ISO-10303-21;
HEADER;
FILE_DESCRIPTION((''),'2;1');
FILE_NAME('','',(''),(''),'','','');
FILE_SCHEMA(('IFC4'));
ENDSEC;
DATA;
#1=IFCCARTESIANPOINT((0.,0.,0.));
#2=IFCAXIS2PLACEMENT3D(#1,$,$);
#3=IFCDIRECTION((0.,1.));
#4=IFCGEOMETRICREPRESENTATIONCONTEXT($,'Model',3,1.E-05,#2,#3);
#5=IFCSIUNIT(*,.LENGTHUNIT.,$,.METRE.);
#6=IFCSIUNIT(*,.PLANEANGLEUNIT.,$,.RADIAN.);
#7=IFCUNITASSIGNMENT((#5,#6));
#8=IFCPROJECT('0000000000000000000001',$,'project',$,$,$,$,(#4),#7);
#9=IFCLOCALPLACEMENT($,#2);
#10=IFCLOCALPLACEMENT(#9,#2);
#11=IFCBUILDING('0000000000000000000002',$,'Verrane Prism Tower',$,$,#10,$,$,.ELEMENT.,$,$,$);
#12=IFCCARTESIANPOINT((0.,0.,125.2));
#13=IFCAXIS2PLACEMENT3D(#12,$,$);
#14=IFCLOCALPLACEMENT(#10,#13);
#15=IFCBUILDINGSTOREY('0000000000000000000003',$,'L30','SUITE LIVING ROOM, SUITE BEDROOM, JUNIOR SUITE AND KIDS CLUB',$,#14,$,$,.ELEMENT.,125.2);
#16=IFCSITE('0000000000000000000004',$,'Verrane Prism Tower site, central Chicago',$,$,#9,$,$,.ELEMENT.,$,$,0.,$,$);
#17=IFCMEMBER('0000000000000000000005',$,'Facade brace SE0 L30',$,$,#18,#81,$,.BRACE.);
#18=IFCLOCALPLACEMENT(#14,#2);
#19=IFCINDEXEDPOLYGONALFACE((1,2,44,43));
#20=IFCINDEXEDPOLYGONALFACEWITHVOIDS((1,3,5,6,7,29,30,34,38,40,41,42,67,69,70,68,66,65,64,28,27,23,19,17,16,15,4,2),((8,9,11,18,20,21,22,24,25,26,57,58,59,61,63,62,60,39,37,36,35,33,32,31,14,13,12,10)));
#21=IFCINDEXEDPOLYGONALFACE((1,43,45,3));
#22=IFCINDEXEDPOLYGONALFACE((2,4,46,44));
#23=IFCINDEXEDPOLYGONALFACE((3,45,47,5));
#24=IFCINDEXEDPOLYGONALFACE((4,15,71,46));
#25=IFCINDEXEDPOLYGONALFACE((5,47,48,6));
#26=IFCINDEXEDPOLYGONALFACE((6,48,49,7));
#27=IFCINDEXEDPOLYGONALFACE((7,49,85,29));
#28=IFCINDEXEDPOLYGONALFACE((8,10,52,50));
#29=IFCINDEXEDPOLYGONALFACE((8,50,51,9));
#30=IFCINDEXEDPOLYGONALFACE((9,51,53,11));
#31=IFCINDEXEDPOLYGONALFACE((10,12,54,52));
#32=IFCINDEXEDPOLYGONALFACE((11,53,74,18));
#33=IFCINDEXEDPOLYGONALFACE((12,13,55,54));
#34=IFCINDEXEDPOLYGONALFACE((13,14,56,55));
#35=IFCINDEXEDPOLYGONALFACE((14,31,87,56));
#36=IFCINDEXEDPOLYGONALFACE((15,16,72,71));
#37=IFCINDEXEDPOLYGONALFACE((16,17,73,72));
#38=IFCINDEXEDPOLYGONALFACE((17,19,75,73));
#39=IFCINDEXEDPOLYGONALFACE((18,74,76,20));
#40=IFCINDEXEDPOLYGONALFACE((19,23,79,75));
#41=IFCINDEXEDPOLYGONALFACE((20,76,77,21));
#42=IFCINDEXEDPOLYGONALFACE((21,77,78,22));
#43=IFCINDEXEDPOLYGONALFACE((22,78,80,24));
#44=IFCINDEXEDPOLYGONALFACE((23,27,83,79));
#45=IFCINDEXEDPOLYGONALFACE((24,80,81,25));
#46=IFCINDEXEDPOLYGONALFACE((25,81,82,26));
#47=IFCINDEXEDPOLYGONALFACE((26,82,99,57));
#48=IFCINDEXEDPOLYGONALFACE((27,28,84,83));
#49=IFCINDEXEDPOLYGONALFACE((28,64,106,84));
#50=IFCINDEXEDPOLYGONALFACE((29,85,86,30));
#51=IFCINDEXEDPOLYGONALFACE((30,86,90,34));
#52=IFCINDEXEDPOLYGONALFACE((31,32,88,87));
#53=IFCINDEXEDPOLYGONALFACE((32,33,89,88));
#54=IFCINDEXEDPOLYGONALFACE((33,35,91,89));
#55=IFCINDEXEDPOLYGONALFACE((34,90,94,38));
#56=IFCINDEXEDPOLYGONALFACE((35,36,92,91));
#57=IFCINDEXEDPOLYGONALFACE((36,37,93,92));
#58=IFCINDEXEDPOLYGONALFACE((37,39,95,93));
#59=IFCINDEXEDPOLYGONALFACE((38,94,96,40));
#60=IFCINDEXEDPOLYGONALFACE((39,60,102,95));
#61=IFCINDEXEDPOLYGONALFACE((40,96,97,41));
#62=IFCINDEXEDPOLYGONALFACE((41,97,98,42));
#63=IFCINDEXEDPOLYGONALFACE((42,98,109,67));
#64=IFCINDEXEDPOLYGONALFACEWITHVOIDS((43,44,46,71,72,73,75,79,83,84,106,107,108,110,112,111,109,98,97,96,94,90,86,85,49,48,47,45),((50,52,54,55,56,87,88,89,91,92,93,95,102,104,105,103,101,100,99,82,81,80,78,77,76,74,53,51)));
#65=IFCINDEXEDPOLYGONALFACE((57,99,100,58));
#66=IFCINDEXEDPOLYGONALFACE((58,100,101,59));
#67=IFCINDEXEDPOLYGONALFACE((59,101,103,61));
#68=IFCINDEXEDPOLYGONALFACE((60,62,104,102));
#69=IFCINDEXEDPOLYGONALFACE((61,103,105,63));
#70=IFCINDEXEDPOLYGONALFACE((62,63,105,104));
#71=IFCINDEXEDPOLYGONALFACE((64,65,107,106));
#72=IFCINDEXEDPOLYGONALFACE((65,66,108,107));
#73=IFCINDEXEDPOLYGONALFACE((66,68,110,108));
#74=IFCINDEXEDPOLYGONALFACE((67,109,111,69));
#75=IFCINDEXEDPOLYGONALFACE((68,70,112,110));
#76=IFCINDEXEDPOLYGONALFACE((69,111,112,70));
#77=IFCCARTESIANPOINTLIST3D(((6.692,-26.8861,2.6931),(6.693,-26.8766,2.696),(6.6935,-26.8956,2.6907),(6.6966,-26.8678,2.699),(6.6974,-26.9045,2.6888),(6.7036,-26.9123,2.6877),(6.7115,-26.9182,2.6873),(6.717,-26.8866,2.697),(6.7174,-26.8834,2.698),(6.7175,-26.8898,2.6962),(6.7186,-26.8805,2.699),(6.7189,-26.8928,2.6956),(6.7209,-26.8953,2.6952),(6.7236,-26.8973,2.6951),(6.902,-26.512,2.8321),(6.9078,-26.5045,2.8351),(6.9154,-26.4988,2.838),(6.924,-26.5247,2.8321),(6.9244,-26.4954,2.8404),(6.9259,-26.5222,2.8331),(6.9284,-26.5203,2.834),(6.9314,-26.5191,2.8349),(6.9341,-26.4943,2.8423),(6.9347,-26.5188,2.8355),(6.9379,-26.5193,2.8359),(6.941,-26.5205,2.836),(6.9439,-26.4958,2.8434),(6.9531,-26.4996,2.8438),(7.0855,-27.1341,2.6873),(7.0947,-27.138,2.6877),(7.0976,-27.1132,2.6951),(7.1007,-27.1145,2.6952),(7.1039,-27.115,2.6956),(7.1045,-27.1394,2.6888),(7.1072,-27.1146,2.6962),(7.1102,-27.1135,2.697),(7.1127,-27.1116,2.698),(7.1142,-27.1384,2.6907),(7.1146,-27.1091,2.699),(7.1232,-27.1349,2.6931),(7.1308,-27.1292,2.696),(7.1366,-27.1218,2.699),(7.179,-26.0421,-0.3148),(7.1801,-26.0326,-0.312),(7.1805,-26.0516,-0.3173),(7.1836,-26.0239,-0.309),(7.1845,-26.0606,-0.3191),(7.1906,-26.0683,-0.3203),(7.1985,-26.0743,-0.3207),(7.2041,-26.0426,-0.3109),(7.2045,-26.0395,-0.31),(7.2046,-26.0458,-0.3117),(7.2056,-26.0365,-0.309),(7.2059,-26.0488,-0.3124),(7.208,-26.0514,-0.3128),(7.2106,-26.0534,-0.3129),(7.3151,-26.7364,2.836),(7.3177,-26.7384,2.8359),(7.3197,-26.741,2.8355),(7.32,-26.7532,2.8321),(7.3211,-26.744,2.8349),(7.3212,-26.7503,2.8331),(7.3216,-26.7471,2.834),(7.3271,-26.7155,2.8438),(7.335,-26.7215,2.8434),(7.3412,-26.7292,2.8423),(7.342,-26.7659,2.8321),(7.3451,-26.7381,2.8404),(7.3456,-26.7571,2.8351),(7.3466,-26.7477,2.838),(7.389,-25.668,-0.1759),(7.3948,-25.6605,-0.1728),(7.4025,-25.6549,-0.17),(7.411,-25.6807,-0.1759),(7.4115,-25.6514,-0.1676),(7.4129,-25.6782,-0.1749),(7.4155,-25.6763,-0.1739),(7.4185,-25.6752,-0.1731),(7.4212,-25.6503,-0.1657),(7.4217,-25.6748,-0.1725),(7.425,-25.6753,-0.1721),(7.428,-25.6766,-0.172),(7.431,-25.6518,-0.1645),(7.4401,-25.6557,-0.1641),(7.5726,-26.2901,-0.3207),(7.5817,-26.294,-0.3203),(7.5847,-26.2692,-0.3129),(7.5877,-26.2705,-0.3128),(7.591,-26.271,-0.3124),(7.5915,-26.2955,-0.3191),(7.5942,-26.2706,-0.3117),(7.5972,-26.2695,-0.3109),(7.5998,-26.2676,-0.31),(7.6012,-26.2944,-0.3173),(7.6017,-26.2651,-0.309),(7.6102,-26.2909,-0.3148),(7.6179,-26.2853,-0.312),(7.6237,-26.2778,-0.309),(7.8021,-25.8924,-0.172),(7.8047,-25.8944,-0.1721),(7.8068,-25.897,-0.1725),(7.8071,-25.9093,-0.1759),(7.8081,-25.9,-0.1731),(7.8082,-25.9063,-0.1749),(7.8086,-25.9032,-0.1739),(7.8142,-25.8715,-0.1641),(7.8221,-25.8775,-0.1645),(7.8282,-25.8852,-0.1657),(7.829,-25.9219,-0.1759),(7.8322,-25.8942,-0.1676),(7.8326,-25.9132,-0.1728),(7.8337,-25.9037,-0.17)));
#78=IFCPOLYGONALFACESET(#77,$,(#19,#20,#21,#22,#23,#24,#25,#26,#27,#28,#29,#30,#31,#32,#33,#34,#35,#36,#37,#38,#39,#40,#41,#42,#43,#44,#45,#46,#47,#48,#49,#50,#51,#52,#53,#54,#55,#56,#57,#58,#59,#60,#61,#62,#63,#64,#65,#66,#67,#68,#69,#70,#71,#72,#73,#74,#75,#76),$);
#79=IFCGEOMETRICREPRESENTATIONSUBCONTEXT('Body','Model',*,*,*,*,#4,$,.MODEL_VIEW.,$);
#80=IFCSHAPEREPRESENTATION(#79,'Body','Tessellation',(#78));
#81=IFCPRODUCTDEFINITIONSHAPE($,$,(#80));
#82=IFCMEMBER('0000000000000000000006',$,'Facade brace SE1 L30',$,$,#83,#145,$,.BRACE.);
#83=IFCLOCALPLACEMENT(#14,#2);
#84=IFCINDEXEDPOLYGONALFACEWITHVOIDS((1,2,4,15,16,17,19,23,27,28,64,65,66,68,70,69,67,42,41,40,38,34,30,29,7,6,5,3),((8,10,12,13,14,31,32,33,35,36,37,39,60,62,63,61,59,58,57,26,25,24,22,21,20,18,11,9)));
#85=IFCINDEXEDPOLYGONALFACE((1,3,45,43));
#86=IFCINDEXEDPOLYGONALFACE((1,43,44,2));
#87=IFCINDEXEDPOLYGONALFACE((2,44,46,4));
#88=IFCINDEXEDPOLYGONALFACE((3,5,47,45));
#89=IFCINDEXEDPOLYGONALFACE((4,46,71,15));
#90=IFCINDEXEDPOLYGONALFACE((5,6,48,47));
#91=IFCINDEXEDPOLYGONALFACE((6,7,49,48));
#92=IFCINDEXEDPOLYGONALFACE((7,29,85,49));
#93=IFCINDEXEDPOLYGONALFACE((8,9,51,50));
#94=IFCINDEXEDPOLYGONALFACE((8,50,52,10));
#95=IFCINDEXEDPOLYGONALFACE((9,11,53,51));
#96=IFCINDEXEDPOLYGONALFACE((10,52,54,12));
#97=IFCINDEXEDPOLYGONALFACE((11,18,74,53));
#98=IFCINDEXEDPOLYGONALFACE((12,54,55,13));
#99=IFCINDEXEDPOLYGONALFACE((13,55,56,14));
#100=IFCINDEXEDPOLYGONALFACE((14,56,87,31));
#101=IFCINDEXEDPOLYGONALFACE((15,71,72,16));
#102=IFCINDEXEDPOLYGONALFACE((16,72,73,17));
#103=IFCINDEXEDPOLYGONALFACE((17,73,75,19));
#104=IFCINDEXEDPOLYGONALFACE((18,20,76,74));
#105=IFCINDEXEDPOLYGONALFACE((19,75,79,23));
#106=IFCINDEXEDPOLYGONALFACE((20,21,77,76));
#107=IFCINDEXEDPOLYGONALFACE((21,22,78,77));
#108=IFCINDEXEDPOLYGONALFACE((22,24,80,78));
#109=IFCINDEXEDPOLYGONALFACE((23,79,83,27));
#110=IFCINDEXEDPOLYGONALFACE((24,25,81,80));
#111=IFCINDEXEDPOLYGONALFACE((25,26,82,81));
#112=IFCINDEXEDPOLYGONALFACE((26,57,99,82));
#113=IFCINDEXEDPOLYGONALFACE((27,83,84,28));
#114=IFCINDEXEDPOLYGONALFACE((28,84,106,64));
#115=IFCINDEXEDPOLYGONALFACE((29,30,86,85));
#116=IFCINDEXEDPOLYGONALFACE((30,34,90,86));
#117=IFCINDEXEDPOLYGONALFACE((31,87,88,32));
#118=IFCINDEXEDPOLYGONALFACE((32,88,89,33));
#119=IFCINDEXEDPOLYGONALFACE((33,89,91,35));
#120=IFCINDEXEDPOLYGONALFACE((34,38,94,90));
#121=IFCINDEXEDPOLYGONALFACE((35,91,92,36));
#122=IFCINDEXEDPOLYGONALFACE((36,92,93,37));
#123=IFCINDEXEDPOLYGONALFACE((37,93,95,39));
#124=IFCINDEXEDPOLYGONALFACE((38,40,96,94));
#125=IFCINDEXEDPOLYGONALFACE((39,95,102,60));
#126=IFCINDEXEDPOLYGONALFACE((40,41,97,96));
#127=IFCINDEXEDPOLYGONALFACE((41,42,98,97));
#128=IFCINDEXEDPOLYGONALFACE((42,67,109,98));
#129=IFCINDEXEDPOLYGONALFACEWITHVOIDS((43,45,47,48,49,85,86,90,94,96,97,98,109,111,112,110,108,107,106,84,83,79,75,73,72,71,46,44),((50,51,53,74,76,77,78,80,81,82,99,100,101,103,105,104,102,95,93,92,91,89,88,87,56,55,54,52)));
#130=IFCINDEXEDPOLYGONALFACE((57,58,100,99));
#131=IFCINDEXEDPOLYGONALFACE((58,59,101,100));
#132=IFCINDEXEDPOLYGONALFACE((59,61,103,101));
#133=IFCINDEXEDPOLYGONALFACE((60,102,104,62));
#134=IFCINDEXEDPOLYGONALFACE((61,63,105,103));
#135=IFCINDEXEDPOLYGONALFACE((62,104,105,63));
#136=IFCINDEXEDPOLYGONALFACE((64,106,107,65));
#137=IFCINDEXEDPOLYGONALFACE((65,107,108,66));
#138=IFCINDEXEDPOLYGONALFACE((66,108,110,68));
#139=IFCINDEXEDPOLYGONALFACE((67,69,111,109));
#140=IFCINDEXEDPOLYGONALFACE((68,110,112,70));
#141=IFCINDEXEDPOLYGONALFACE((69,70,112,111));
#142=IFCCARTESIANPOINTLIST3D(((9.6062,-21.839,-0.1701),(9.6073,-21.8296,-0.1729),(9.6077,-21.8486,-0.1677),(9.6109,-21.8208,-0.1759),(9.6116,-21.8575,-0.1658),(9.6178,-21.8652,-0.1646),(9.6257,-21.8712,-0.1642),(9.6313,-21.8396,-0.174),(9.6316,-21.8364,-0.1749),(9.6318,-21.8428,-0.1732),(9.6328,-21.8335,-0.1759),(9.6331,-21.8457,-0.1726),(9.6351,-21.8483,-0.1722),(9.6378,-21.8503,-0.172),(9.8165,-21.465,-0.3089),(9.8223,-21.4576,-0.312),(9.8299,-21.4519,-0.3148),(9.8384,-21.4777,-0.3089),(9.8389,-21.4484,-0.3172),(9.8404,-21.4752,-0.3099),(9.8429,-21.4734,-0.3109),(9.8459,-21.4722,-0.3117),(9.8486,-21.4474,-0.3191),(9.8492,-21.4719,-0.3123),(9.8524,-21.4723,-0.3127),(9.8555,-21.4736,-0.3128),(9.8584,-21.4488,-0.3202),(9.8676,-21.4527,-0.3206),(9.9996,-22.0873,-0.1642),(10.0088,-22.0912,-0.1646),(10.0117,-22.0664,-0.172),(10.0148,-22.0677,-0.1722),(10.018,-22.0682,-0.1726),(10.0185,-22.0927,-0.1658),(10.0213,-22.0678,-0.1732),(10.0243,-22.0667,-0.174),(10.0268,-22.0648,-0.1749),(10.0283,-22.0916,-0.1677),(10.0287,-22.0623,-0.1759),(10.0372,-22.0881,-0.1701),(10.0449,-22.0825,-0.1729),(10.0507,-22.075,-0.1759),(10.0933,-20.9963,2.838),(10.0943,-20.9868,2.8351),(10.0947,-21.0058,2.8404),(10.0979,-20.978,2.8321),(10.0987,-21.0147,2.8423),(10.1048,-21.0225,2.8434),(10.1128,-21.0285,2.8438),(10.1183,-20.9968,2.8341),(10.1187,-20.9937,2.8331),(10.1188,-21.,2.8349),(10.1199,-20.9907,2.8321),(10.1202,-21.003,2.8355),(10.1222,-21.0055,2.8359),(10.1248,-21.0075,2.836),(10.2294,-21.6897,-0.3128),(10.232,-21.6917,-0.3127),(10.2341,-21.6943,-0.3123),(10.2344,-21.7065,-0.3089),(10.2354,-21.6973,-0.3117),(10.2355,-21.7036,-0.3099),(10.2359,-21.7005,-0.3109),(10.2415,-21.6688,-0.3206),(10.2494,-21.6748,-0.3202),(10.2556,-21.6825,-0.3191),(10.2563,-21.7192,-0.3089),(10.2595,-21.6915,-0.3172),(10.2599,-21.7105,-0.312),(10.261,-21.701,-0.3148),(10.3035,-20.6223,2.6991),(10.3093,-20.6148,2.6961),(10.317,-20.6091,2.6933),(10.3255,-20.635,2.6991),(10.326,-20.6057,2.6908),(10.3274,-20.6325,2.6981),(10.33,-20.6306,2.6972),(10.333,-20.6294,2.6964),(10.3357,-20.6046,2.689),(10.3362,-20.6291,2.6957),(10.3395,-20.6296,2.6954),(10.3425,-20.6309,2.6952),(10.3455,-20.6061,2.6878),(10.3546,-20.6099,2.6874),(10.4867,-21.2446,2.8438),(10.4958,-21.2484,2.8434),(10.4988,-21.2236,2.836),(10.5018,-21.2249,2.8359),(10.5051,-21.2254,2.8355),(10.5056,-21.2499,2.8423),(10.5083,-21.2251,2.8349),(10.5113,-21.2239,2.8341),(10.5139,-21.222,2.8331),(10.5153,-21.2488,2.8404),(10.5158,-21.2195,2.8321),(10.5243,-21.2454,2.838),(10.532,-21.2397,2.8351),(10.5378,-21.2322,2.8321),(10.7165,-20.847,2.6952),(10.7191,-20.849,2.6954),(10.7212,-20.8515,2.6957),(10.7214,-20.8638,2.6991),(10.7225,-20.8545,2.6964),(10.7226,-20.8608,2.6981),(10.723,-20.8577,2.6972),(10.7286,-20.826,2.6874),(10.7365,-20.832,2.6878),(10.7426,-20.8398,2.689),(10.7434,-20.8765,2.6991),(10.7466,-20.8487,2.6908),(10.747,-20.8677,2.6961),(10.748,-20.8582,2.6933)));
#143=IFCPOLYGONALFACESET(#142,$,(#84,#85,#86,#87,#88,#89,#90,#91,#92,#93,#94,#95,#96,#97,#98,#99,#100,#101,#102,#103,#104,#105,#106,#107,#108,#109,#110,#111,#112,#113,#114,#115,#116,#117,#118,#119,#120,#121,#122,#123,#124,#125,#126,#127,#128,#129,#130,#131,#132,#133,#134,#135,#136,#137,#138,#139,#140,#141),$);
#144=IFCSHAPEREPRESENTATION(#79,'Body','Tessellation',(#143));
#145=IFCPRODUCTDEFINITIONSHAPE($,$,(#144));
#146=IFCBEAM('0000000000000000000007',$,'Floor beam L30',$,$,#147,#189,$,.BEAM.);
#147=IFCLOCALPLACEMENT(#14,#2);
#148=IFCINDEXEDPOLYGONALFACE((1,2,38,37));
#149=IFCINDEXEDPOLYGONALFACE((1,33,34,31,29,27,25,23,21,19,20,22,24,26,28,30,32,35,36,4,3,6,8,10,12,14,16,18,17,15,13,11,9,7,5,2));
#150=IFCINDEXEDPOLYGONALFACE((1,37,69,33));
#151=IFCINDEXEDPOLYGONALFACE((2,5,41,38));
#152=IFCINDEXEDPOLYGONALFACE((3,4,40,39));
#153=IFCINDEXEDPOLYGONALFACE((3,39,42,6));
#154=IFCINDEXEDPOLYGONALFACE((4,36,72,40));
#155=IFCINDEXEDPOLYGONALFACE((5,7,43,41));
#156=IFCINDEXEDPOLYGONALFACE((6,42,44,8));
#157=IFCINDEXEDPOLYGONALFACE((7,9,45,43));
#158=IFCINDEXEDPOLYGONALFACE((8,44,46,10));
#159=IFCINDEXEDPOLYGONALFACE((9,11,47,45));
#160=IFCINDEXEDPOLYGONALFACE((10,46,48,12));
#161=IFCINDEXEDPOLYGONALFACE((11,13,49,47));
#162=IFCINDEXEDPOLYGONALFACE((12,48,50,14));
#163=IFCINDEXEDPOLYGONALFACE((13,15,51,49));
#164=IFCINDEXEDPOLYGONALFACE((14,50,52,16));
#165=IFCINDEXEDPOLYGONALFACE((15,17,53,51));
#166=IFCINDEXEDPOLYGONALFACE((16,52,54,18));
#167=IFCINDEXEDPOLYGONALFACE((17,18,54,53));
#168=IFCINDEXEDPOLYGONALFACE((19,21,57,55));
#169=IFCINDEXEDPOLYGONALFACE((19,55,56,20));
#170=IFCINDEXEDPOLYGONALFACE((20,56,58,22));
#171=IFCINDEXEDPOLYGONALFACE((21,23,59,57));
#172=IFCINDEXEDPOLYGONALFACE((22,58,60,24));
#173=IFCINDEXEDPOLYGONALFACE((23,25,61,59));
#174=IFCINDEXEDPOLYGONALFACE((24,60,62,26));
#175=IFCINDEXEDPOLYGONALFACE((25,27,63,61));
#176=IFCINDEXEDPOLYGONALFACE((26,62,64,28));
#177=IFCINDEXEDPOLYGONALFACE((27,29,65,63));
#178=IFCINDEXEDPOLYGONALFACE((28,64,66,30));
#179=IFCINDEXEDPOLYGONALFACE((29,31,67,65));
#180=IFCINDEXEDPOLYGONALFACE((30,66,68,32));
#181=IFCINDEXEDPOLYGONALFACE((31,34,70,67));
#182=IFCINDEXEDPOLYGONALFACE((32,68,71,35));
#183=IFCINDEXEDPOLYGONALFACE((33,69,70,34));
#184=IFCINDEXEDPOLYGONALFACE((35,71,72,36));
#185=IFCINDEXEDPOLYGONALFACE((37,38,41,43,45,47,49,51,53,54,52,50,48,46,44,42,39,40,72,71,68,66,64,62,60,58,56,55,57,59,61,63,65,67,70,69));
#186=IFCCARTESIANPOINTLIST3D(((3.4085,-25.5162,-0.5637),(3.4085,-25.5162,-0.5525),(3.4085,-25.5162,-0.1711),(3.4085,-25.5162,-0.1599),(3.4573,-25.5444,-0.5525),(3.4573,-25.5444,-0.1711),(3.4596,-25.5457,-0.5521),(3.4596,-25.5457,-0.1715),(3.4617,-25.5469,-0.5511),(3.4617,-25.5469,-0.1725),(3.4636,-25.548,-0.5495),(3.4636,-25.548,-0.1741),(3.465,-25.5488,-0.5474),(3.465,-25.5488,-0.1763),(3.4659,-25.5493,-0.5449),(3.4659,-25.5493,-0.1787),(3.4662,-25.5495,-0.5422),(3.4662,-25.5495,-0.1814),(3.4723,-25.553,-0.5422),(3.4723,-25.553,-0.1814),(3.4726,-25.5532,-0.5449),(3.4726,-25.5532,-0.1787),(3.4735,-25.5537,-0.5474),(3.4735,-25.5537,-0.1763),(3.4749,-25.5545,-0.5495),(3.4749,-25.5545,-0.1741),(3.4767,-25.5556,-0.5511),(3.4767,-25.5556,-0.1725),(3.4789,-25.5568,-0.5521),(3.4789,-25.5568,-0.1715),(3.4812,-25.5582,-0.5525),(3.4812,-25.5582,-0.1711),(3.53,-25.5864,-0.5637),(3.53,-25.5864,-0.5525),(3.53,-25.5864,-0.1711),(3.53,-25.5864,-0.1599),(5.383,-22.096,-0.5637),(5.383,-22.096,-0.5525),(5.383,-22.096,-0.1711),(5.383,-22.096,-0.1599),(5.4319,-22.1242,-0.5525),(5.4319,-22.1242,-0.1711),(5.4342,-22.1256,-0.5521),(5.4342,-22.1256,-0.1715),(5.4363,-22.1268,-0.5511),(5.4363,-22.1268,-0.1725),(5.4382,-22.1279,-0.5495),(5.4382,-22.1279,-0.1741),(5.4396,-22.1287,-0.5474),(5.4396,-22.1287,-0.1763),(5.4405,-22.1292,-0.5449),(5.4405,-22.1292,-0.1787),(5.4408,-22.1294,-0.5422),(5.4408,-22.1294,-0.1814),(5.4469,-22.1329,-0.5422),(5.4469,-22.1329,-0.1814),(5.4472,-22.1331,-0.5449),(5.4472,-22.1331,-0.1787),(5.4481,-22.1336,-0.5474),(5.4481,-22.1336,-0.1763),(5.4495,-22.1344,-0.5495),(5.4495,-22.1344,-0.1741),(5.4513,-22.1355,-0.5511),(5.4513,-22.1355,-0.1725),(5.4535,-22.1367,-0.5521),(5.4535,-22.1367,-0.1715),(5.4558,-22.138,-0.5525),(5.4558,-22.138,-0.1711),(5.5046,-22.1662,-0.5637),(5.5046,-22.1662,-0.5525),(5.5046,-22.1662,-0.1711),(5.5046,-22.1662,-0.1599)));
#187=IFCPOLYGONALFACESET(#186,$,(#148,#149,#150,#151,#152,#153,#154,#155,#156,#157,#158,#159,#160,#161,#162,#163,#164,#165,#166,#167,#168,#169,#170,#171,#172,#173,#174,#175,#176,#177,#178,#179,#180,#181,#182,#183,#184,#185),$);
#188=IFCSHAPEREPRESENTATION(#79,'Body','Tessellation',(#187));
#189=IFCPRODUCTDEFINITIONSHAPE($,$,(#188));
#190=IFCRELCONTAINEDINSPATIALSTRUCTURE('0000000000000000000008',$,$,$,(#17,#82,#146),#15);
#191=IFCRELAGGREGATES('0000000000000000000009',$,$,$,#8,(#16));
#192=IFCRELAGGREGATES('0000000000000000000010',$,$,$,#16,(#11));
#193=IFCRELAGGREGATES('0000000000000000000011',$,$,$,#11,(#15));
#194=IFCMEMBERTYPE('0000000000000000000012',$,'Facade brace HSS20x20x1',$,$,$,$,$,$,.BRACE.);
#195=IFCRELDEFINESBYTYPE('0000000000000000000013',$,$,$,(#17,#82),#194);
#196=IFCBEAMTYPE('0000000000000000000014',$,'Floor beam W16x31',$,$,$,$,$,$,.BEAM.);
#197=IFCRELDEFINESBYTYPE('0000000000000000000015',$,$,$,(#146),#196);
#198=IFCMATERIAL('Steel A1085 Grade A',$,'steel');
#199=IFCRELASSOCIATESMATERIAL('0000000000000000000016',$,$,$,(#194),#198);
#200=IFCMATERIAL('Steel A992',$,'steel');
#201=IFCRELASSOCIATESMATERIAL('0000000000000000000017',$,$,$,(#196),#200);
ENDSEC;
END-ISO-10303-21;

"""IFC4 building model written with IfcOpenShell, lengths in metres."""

from ifc_helpers import new_model, si_unit, direction, frame, origin, origin_2d, place, context, subcontext, project, spatial, hollow_rectangle, i_section, extrude, material, material_profile, profile_set, type_object, element, save


model = new_model("IFC4")

# Units and contexts
model_context = context("Model", 3, precision=1e-05, world=origin(), true_north=direction((0.0, 1.0)))
body_context = subcontext(model_context, "Body", "Model", "MODEL_VIEW")
ifc_project = project(units=[si_unit("LENGTHUNIT", "METRE"), si_unit("PLANEANGLEUNIT", "RADIAN")], contexts=[model_context])

# Site, building, storey
site_placement = place(None, origin())
site = spatial("IfcSite", under=ifc_project, at=site_placement, Name="Verrane Prism Tower site, central Chicago", CompositionType="ELEMENT", RefElevation=0.0)
building_placement = place(site_placement, origin())
building = spatial("IfcBuilding", under=site, at=building_placement, Name="Verrane Prism Tower", CompositionType="ELEMENT")
storey_placement = place(building_placement, frame((0.0, 0.0, 125.2)))
storey = spatial("IfcBuildingStorey", under=building, at=storey_placement, Name="L30", Description="SUITE LIVING ROOM, SUITE BEDROOM, JUNIOR SUITE AND KIDS CLUB", CompositionType="ELEMENT", Elevation=125.2)

# Members
ifc_material_1 = material(Name="Steel A1085 Grade A", Category="steel")
ifc_material_profile_1 = material_profile(ifc_material_1, hollow_rectangle(XDim=0.5081, YDim=0.5081, WallThickness=0.0254, InnerFilletRadius=0.0127, OuterFilletRadius=0.0381, at=origin_2d()), Name="HSS20x20x1")
ifc_profile_set_1 = profile_set([ifc_material_profile_1], Name="Steel A1085 Grade A")
member_type_1 = type_object("IfcMemberType", Name="Facade brace HSS20x20x1", PredefinedType="BRACE", material=ifc_profile_set_1)
member_1_placement = place(storey_placement, frame((7.5063, -25.9729, -0.2424), z_axis=(-0.154038, -0.266922, 0.951328), x_axis=(0.866123, -0.499831, 0.0)))
element("IfcMember", 1, at=member_1_placement, inside=storey, type_object=member_type_1, Name="Facade brace SE0 L30", PredefinedType="BRACE", context=body_context, shape_type="SweptSolid", body=[
    extrude(hollow_rectangle(XDim=0.5081, YDim=0.5081, WallThickness=0.0254, InnerFilletRadius=0.0127, OuterFilletRadius=0.0381, at=origin_2d()), origin(), (0.0, 0.0, 1.0), 3.1619),
])
member_2_placement = place(storey_placement, frame((9.9336, -21.77, -0.2424), z_axis=(0.154054, 0.266563, 0.951426), x_axis=(-0.86581, 0.500374, 0.0)))
element("IfcMember", 2, at=member_2_placement, inside=storey, type_object=member_type_1, Name="Facade brace SE1 L30", PredefinedType="BRACE", context=body_context, shape_type="SweptSolid", body=[
    extrude(hollow_rectangle(XDim=0.5081, YDim=0.5081, WallThickness=0.0254, InnerFilletRadius=0.0127, OuterFilletRadius=0.0381, at=origin_2d()), origin(), (0.0, 0.0, 1.0), 3.1616),
])

# Beam
ifc_material_2 = material(Name="Steel A992", Category="steel")
ifc_material_profile_2 = material_profile(ifc_material_2, i_section(OverallWidth=0.1404, OverallDepth=0.4038, WebThickness=0.0071, FlangeThickness=0.0112, FilletRadius=0.0103, at=origin_2d()), Name="W16x31")
ifc_profile_set_2 = profile_set([ifc_material_profile_2], Name="Steel A992")
beam_type_1 = type_object("IfcBeamType", Name="Floor beam W16x31", PredefinedType="BEAM", material=ifc_profile_set_2)
beam_1_placement = place(storey_placement, frame((3.4692, -25.5513, -0.3618), z_axis=(0.499995, 0.866028, 0.0), x_axis=(-0.866028, 0.499995, 0.0)))
element("IfcBeam", 3, at=beam_1_placement, inside=storey, type_object=beam_type_1, Name="Floor beam L30", PredefinedType="BEAM", context=body_context, shape_type="SweptSolid", body=[
    extrude(i_section(OverallWidth=0.1404, OverallDepth=0.4038, WebThickness=0.0071, FlangeThickness=0.0112, FilletRadius=0.0103, at=origin_2d()), origin(), (0.0, 0.0, 1.0), 3.9492),
])

save(model, "model.ifc")
